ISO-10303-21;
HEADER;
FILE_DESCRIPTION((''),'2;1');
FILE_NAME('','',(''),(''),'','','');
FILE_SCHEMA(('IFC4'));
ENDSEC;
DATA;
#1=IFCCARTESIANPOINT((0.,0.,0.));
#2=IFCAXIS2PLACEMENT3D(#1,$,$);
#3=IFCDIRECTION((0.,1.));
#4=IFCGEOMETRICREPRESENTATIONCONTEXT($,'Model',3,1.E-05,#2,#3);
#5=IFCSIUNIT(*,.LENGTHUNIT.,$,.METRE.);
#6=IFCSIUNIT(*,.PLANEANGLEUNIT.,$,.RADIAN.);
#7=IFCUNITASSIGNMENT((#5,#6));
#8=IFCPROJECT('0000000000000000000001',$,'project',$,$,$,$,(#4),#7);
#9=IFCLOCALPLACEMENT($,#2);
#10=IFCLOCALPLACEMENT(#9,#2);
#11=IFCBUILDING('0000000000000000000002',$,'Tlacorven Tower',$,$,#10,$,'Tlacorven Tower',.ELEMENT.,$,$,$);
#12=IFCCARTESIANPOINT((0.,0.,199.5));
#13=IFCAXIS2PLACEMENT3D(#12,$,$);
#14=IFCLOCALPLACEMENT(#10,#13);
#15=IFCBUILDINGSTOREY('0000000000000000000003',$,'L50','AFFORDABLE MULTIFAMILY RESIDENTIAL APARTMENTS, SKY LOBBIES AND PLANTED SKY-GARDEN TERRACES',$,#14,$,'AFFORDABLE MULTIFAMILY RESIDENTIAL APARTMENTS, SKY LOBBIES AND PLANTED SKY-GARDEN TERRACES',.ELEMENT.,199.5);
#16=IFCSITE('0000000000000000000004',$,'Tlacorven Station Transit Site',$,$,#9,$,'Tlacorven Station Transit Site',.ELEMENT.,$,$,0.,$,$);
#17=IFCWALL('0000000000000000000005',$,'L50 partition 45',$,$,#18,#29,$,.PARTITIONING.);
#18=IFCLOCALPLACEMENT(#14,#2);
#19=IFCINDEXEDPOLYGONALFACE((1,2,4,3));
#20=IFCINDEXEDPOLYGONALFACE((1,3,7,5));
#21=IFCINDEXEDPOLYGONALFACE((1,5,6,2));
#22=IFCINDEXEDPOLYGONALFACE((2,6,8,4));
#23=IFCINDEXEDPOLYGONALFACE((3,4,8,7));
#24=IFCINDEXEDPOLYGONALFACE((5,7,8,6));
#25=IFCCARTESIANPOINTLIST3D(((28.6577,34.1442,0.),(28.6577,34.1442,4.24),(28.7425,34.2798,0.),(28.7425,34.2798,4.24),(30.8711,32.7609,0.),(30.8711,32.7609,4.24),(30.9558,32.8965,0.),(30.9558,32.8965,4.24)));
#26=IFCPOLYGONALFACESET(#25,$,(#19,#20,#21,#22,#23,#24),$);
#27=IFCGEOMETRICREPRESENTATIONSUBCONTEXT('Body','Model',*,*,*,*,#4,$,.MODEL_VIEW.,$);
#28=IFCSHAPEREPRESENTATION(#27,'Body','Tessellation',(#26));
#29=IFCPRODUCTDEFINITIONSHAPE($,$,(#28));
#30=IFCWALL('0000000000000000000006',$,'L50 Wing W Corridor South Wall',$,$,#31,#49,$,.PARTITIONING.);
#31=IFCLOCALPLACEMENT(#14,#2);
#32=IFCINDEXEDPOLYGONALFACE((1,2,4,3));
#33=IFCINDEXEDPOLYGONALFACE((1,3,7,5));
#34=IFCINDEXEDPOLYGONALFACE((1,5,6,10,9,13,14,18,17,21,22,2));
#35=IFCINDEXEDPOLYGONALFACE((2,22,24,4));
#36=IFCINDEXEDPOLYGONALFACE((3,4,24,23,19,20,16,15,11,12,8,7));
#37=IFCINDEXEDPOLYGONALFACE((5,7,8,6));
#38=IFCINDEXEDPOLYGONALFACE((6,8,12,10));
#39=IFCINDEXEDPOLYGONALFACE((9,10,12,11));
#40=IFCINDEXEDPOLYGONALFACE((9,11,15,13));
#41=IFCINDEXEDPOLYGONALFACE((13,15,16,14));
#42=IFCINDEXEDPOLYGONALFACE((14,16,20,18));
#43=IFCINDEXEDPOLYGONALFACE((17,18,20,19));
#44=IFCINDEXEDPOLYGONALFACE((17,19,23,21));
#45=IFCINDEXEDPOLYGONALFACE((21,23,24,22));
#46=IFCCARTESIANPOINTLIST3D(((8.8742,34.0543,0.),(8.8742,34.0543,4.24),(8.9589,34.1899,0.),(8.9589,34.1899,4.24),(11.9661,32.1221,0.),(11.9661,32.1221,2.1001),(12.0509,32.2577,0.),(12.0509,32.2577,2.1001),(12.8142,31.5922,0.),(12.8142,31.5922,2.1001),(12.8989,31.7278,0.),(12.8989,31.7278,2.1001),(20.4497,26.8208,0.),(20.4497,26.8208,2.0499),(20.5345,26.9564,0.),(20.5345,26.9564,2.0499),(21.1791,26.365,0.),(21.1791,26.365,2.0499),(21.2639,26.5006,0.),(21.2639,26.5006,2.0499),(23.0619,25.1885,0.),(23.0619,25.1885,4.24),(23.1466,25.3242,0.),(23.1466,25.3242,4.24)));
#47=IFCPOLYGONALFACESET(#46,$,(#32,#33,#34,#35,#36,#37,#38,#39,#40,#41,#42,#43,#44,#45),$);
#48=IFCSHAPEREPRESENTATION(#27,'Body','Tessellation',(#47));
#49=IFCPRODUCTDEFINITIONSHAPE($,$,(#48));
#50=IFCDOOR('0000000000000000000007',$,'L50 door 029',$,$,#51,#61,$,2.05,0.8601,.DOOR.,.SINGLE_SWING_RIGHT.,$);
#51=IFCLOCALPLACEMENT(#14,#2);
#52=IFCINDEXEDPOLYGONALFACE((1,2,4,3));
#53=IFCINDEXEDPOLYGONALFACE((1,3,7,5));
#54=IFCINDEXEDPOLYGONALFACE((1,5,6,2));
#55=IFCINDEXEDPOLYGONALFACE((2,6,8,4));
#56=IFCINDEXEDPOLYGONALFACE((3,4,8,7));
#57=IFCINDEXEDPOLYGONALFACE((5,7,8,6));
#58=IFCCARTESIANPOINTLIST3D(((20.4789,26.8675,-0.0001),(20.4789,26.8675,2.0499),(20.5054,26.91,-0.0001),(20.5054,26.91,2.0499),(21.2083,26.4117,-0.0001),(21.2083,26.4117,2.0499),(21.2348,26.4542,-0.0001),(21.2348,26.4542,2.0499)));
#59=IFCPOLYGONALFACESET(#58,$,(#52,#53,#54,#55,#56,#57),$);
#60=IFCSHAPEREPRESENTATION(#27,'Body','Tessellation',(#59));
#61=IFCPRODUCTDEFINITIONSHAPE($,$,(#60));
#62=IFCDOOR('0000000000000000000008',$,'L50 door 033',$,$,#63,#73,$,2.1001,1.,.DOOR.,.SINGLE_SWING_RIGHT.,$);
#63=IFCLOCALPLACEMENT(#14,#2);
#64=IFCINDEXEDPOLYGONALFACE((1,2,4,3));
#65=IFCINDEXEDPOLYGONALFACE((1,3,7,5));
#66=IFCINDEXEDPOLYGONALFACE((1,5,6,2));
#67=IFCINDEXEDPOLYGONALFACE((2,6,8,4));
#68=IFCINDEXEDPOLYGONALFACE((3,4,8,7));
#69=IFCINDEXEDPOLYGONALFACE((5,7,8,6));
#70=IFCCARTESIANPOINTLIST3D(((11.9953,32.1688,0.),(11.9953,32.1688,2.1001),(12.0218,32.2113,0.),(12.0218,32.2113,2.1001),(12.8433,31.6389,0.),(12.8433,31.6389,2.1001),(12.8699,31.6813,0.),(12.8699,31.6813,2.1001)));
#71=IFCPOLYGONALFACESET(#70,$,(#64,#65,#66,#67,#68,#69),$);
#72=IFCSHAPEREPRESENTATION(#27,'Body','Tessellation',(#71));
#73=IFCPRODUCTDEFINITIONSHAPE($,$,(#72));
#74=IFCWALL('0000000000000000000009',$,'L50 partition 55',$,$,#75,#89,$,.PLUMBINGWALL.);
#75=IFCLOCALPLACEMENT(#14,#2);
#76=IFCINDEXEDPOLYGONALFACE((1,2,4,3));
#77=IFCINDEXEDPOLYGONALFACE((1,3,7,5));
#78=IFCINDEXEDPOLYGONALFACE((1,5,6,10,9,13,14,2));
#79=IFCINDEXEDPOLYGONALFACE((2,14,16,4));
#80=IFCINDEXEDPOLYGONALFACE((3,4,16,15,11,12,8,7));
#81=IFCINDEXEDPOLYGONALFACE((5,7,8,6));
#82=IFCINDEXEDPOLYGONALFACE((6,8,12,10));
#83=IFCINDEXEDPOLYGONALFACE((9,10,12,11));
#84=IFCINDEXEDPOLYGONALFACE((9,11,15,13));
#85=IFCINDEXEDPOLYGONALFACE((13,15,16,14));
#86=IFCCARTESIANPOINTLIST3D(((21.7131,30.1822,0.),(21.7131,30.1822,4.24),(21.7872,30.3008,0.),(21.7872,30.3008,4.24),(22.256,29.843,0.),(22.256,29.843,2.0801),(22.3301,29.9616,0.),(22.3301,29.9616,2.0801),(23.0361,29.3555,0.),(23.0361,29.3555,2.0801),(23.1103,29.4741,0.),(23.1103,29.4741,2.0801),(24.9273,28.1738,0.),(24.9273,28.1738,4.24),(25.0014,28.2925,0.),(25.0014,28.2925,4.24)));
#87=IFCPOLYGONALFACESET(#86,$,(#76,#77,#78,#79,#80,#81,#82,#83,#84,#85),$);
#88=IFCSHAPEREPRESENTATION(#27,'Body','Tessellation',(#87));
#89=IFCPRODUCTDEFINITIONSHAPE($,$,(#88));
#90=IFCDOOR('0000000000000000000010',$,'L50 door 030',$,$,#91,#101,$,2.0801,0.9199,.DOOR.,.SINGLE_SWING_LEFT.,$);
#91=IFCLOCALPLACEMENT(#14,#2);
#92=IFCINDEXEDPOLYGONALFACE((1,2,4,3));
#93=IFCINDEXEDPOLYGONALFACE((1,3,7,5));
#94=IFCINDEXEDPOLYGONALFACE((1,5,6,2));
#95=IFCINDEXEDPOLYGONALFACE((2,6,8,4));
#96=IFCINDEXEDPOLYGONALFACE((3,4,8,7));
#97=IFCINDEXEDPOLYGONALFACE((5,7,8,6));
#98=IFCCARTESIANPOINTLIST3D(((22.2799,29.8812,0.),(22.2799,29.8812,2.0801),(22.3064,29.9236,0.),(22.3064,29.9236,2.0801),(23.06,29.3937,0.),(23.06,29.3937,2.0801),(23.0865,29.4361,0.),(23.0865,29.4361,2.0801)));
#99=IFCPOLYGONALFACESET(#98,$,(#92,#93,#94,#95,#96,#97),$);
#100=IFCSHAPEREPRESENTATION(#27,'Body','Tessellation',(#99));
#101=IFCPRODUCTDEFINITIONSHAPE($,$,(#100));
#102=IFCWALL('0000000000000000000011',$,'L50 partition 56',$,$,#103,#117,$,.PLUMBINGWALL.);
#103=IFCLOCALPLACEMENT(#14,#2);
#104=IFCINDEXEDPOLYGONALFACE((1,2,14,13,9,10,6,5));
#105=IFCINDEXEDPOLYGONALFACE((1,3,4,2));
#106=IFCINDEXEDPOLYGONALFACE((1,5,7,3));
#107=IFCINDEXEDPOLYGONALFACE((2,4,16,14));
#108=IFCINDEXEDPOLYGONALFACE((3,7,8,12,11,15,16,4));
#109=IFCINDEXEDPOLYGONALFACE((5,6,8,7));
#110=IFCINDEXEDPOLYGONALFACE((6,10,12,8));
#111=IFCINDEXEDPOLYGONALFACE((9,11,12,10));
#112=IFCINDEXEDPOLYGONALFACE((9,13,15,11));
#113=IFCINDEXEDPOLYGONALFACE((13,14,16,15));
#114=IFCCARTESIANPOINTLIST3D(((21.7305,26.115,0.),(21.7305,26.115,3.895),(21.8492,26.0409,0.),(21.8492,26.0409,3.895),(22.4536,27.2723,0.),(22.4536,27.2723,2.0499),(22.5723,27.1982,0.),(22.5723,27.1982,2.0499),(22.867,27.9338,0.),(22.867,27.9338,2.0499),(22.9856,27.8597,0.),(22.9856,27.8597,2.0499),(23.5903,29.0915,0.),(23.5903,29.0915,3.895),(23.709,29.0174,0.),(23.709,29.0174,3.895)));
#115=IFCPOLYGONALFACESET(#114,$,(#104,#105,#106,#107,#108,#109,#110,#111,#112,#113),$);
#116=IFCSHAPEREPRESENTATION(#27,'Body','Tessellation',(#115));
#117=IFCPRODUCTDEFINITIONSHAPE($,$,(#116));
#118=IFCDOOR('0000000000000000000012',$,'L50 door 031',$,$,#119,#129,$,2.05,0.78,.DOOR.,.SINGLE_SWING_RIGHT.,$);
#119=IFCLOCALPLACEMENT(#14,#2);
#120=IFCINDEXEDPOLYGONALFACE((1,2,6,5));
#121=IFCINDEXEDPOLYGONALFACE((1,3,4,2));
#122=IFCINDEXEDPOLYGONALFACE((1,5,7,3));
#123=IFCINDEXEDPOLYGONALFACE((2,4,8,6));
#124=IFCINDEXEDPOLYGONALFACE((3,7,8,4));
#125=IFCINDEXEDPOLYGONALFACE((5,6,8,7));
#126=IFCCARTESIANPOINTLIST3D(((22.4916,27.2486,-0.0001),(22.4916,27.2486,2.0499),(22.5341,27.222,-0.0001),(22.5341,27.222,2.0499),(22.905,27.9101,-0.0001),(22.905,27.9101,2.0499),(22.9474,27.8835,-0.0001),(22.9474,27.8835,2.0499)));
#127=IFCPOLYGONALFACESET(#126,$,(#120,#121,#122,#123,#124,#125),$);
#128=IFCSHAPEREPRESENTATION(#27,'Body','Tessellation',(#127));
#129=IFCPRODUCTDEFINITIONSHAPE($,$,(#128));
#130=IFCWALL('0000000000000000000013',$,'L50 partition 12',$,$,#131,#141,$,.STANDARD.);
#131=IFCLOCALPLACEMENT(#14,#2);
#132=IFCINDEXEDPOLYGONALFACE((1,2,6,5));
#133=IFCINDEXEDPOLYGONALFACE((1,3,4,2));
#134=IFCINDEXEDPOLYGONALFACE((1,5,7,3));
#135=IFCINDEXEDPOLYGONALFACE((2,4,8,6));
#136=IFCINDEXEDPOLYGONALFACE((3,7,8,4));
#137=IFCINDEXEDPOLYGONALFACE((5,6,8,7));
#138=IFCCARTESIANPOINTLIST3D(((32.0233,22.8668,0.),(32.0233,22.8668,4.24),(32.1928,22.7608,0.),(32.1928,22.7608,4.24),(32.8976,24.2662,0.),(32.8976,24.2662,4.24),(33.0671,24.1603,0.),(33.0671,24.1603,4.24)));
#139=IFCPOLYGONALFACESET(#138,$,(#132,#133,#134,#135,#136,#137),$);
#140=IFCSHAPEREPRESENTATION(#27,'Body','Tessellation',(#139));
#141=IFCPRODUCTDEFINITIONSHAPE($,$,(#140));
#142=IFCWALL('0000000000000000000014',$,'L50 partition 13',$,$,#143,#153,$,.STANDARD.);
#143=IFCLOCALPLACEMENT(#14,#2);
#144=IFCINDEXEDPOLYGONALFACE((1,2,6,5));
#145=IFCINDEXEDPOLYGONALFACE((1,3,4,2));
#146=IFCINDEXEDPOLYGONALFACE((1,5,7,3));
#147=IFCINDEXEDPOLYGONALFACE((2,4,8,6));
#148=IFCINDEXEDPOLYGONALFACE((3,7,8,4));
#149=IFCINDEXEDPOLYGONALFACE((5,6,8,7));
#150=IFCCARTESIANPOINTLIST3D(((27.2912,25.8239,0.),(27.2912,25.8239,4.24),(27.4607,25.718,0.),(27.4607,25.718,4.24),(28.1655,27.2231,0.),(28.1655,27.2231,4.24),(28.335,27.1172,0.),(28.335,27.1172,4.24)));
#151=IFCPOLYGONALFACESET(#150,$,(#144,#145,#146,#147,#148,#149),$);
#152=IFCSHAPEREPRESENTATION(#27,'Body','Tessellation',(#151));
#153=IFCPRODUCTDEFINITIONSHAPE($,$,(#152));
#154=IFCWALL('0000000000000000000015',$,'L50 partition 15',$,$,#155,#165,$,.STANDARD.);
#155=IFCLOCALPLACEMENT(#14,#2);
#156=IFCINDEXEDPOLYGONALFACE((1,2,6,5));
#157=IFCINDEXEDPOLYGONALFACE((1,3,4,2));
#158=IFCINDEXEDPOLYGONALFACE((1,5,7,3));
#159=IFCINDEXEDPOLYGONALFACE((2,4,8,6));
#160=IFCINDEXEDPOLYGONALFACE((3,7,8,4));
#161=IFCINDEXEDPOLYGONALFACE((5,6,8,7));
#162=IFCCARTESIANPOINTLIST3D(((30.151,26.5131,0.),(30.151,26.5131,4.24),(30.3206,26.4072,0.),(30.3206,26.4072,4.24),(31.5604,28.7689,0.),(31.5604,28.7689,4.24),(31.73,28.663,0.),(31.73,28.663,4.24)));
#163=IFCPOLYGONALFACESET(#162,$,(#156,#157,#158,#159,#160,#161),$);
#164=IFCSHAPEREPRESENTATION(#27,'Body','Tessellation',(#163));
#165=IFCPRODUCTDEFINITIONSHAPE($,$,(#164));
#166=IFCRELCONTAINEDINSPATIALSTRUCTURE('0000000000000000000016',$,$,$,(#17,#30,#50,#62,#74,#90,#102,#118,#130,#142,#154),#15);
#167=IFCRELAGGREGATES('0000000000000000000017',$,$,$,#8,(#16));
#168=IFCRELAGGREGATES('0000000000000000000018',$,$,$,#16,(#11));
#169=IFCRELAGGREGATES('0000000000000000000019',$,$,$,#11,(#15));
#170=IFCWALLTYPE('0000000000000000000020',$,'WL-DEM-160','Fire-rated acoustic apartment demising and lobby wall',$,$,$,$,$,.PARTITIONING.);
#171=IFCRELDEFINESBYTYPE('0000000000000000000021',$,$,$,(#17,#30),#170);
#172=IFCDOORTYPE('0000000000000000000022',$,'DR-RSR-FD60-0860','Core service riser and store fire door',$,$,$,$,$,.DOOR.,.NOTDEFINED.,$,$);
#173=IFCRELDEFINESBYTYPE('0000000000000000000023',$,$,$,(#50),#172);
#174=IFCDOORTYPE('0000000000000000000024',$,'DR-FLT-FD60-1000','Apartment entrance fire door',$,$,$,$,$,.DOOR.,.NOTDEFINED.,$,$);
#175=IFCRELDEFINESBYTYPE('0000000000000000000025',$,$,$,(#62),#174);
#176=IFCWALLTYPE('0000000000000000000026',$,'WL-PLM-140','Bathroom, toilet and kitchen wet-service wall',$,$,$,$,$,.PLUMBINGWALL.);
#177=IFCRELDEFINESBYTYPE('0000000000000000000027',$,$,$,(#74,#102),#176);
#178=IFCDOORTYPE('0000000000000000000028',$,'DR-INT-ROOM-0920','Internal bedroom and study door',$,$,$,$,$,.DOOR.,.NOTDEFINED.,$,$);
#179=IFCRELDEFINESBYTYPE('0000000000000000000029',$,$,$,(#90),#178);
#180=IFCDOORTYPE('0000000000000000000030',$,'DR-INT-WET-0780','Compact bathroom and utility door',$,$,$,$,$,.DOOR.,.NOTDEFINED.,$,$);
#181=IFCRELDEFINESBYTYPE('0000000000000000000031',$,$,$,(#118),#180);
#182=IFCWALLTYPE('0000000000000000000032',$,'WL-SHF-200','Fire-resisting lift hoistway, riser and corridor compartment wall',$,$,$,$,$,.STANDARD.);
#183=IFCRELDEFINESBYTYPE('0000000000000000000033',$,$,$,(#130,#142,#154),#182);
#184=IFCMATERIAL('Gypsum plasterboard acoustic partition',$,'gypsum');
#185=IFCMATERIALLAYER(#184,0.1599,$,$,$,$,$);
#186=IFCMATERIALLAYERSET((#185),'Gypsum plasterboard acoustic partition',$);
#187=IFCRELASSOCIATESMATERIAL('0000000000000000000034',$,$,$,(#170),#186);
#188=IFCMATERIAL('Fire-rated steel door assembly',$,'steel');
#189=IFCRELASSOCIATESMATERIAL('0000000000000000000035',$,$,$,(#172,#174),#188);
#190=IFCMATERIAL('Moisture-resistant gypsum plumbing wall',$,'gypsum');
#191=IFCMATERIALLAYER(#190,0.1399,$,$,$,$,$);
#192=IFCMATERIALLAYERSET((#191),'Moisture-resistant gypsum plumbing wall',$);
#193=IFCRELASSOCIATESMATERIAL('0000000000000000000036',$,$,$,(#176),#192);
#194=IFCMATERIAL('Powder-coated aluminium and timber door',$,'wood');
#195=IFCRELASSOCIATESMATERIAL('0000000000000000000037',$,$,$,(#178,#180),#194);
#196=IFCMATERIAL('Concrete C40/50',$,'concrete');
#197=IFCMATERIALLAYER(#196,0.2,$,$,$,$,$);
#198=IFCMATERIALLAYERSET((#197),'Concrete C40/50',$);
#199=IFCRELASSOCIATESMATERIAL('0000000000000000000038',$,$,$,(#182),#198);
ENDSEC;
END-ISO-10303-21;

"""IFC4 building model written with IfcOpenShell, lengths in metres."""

from ifc_helpers import new_model, si_unit, direction, frame, frame_2d, origin, place, context, subcontext, project, spatial, rectangle, extrude, source, transform, mapped, material, layer, layer_set, type_object, element, fill, save


model = new_model("IFC4")

# Units and contexts
model_context = context("Model", 3, precision=1e-05, world=origin(), true_north=direction((0.0, 1.0)))
body_context = subcontext(model_context, "Body", "Model", "MODEL_VIEW")
ifc_project = project(units=[si_unit("LENGTHUNIT", "METRE"), si_unit("PLANEANGLEUNIT", "RADIAN")], contexts=[model_context])

# Site, building, storey
site_placement = place(None, origin())
site = spatial("IfcSite", under=ifc_project, at=site_placement, Name="Tlacorven Station Transit Site", LongName="Tlacorven Station Transit Site", CompositionType="ELEMENT", RefElevation=0.0)
building_placement = place(site_placement, origin())
building = spatial("IfcBuilding", under=site, at=building_placement, Name="Tlacorven Tower", LongName="Tlacorven Tower", CompositionType="ELEMENT")
storey_placement = place(building_placement, frame((0.0, 0.0, 199.5)))
storey = spatial("IfcBuildingStorey", under=building, at=storey_placement, Name="L50", Description="AFFORDABLE MULTIFAMILY RESIDENTIAL APARTMENTS, SKY LOBBIES AND PLANTED SKY-GARDEN TERRACES", LongName="AFFORDABLE MULTIFAMILY RESIDENTIAL APARTMENTS, SKY LOBBIES AND PLANTED SKY-GARDEN TERRACES", CompositionType="ELEMENT", Elevation=199.5)

# Wall
ifc_material_1 = material(Name="Gypsum plasterboard acoustic partition", Category="gypsum")
ifc_layer_1 = layer(ifc_material_1, 0.1599)
ifc_layer_set_1 = layer_set([ifc_layer_1], Name="Gypsum plasterboard acoustic partition")
wall_type_1 = type_object("IfcWallType", Name="WL-DEM-160", Description="Fire-rated acoustic apartment demising and lobby wall", PredefinedType="PARTITIONING", material=ifc_layer_set_1)
wall_1_placement = place(storey_placement, frame((30.9136, 32.8286, 0.0), z_axis=(0.0, 0.0, 1.0), x_axis=(-0.848009, 0.529982, 0.0)))
element("IfcWall", 1, at=wall_1_placement, inside=storey, type_object=wall_type_1, Name="L50 partition 45", PredefinedType="PARTITIONING", context=body_context, shape_type="SweptSolid", body=[
    extrude(rectangle(XDim=2.6101, YDim=0.1599, at=frame_2d((1.3052, 0.0))), origin(), (0.0, 0.0, 1.0), 4.24),
])

# Wall, openings, doors
wall_2_placement = place(storey_placement, frame((23.1042, 25.2563, 0.0), z_axis=(0.0, 0.0, 1.0), x_axis=(-0.848042, 0.529929, 0.0)))
wall_2 = element("IfcWall", 2, at=wall_2_placement, inside=storey, type_object=wall_type_1, Name="L50 Wing W Corridor South Wall", PredefinedType="PARTITIONING", context=body_context, shape_type="SweptSolid", body=[
    extrude(rectangle(XDim=16.73, YDim=0.1599, at=frame_2d((8.365, 0.0))), origin(), (0.0, 0.0, 1.0), 4.24),
])
opening_1_placement = place(wall_2_placement, frame((2.22, 0.0, 0.0)))
opening_1 = element("IfcOpeningElement", 3, at=opening_1_placement, cuts=wall_2, PredefinedType="OPENING", context=body_context, shape_type="SweptSolid", body=[
    extrude(rectangle(XDim=0.8601, YDim=2.05, at=frame_2d((0.4302, 1.0249))), frame((0.0, 0.0898, 0.0), z_axis=(0.0, -1.0, 0.0), x_axis=(1.0, 0.0, 0.0)), (0.0, 0.0, 1.0), 0.1799),
])
opening_2_placement = place(wall_2_placement, frame((12.084, 0.0, 0.0)))
opening_2 = element("IfcOpeningElement", 4, at=opening_2_placement, cuts=wall_2, PredefinedType="OPENING", context=body_context, shape_type="SweptSolid", body=[
    extrude(rectangle(XDim=1.0, YDim=2.1001, at=frame_2d((0.5, 1.05))), frame((0.0, 0.0898, 0.0), z_axis=(0.0, -1.0, 0.0), x_axis=(1.0, 0.0, 0.0)), (0.0, 0.0, 1.0), 0.1799),
])
ifc_material_2 = material(Name="Fire-rated steel door assembly", Category="steel")
door_type_1 = type_object("IfcDoorType", Name="DR-RSR-FD60-0860", Description="Core service riser and store fire door", OperationType="NOTDEFINED", PredefinedType="DOOR", material=ifc_material_2)
shared_shape_1 = source(origin(), body_context, "Body", "SweptSolid", [
    extrude(rectangle(XDim=0.8601, YDim=2.05, at=frame_2d((0.4302, 1.0249))), frame((0.0, 0.0249, 0.0), z_axis=(0.0, -1.0, 0.0), x_axis=(1.0, 0.0, 0.0)), (0.0, 0.0, 1.0), 0.05),
])
door_1_placement = place(opening_1_placement, origin())
door_1 = element("IfcDoor", 5, at=door_1_placement, inside=storey, type_object=door_type_1, Name="L50 door 029", OperationType="SINGLE_SWING_RIGHT", OverallHeight=2.05, OverallWidth=0.8601, PredefinedType="DOOR", context=body_context, shape_type="MappedRepresentation", body=[
    mapped(shared_shape_1, transform((0.0, 0.0, 0.0), scale=1.0)),
])
fill(opening_1, door_1)
door_type_2 = type_object("IfcDoorType", Name="DR-FLT-FD60-1000", Description="Apartment entrance fire door", OperationType="NOTDEFINED", PredefinedType="DOOR", material=ifc_material_2)
shared_shape_2 = source(origin(), body_context, "Body", "SweptSolid", [
    extrude(rectangle(XDim=1.0, YDim=2.1001, at=frame_2d((0.5, 1.05))), frame((0.0, 0.0249, 0.0), z_axis=(0.0, -1.0, 0.0), x_axis=(1.0, 0.0, 0.0)), (0.0, 0.0, 1.0), 0.05),
])
door_2_placement = place(opening_2_placement, origin())
door_2 = element("IfcDoor", 6, at=door_2_placement, inside=storey, type_object=door_type_2, Name="L50 door 033", OperationType="SINGLE_SWING_RIGHT", OverallHeight=2.1001, OverallWidth=1.0, PredefinedType="DOOR", context=body_context, shape_type="MappedRepresentation", body=[
    mapped(shared_shape_2, transform((0.0, 0.0, 0.0), scale=1.0)),
])
fill(opening_2, door_2)

# Walls, openings, doors
ifc_material_3 = material(Name="Moisture-resistant gypsum plumbing wall", Category="gypsum")
ifc_layer_2 = layer(ifc_material_3, 0.1399)
ifc_layer_set_2 = layer_set([ifc_layer_2], Name="Moisture-resistant gypsum plumbing wall")
wall_type_2 = type_object("IfcWallType", Name="WL-PLM-140", Description="Bathroom, toilet and kitchen wet-service wall", PredefinedType="PLUMBINGWALL", material=ifc_layer_set_2)
wall_3_placement = place(storey_placement, frame((24.9644, 28.2332, 0.0), z_axis=(0.0, 0.0, 1.0), x_axis=(-0.84806, 0.529901, 0.0)))
wall_3 = element("IfcWall", 7, at=wall_3_placement, inside=storey, type_object=wall_type_2, Name="L50 partition 55", PredefinedType="PLUMBINGWALL", context=body_context, shape_type="SweptSolid", body=[
    extrude(rectangle(XDim=3.79, YDim=0.1399, at=frame_2d((1.895, 0.0))), origin(), (0.0, 0.0, 1.0), 4.24),
])
opening_3_placement = place(wall_3_placement, frame((2.23, 0.0, 0.0)))
opening_3 = element("IfcOpeningElement", 8, at=opening_3_placement, cuts=wall_3, PredefinedType="OPENING", context=body_context, shape_type="SweptSolid", body=[
    extrude(rectangle(XDim=0.9199, YDim=2.0801, at=frame_2d((0.46, 1.04))), frame((0.0, 0.0801, 0.0), z_axis=(0.0, -1.0, 0.0), x_axis=(1.0, 0.0, 0.0)), (0.0, 0.0, 1.0), 0.1599),
])
ifc_material_4 = material(Name="Powder-coated aluminium and timber door", Category="wood")
door_type_3 = type_object("IfcDoorType", Name="DR-INT-ROOM-0920", Description="Internal bedroom and study door", OperationType="NOTDEFINED", PredefinedType="DOOR", material=ifc_material_4)
shared_shape_3 = source(origin(), body_context, "Body", "SweptSolid", [
    extrude(rectangle(XDim=0.9199, YDim=2.0801, at=frame_2d((0.46, 1.04))), frame((0.0, 0.0249, 0.0), z_axis=(0.0, -1.0, 0.0), x_axis=(1.0, 0.0, 0.0)), (0.0, 0.0, 1.0), 0.05),
])
door_3_placement = place(opening_3_placement, origin())
door_3 = element("IfcDoor", 9, at=door_3_placement, inside=storey, type_object=door_type_3, Name="L50 door 030", OperationType="SINGLE_SWING_LEFT", OverallHeight=2.0801, OverallWidth=0.9199, PredefinedType="DOOR", context=body_context, shape_type="MappedRepresentation", body=[
    mapped(shared_shape_3, transform((0.0, 0.0, 0.0), scale=1.0)),
])
fill(opening_3, door_3)
wall_4_placement = place(storey_placement, frame((23.6497, 29.0544, 0.0), z_axis=(0.0, 0.0, 1.0), x_axis=(-0.529899, -0.848061, 0.0)))
wall_4 = element("IfcWall", 10, at=wall_4_placement, inside=storey, type_object=wall_type_2, Name="L50 partition 56", PredefinedType="PLUMBINGWALL", context=body_context, shape_type="SweptSolid", body=[
    extrude(rectangle(XDim=3.5098, YDim=0.1399, at=frame_2d((1.7549, 0.0))), origin(), (0.0, 0.0, 1.0), 3.895),
])
opening_4_placement = place(wall_4_placement, frame((1.365, 0.0, 0.0)))
opening_4 = element("IfcOpeningElement", 11, at=opening_4_placement, cuts=wall_4, PredefinedType="OPENING", context=body_context, shape_type="SweptSolid", body=[
    extrude(rectangle(XDim=0.78, YDim=2.05, at=frame_2d((0.3901, 1.0249))), frame((0.0, 0.0801, 0.0), z_axis=(0.0, -1.0, 0.0), x_axis=(1.0, 0.0, 0.0)), (0.0, 0.0, 1.0), 0.1599),
])
door_type_4 = type_object("IfcDoorType", Name="DR-INT-WET-0780", Description="Compact bathroom and utility door", OperationType="NOTDEFINED", PredefinedType="DOOR", material=ifc_material_4)
shared_shape_4 = source(origin(), body_context, "Body", "SweptSolid", [
    extrude(rectangle(XDim=0.78, YDim=2.05, at=frame_2d((0.3901, 1.0249))), frame((0.0, 0.0249, 0.0), z_axis=(0.0, -1.0, 0.0), x_axis=(1.0, 0.0, 0.0)), (0.0, 0.0, 1.0), 0.05),
])
door_4_placement = place(opening_4_placement, origin())
door_4 = element("IfcDoor", 12, at=door_4_placement, inside=storey, type_object=door_type_4, Name="L50 door 031", OperationType="SINGLE_SWING_RIGHT", OverallHeight=2.05, OverallWidth=0.78, PredefinedType="DOOR", context=body_context, shape_type="MappedRepresentation", body=[
    mapped(shared_shape_4, transform((0.0, 0.0, 0.0), scale=1.0)),
])
fill(opening_4, door_4)

# Shared definitions
ifc_material_5 = material(Name="Concrete C40/50", Category="concrete")
ifc_layer_3 = layer(ifc_material_5, 0.2)
ifc_layer_set_3 = layer_set([ifc_layer_3], Name="Concrete C40/50")
wall_type_3 = type_object("IfcWallType", Name="WL-SHF-200", Description="Fire-resisting lift hoistway, riser and corridor compartment wall", PredefinedType="STANDARD", material=ifc_layer_set_3)

# Walls
wall_5_placement = place(storey_placement, frame((32.9824, 24.2134, 0.0), z_axis=(0.0, 0.0, 1.0), x_axis=(-0.529839, -0.848098, 0.0)))
element("IfcWall", 13, at=wall_5_placement, inside=storey, type_object=wall_type_3, Name="L50 partition 12", PredefinedType="STANDARD", context=body_context, shape_type="SweptSolid", body=[
    extrude(rectangle(XDim=1.6501, YDim=0.2, at=frame_2d((0.8252, 0.0))), origin(), (0.0, 0.0, 1.0), 4.24),
])
wall_6_placement = place(storey_placement, frame((28.2502, 27.1702, 0.0), z_axis=(0.0, 0.0, 1.0), x_axis=(-0.529906, -0.848056, 0.0)))
element("IfcWall", 14, at=wall_6_placement, inside=storey, type_object=wall_type_3, Name="L50 partition 13", PredefinedType="STANDARD", context=body_context, shape_type="SweptSolid", body=[
    extrude(rectangle(XDim=1.6499, YDim=0.2, at=frame_2d((0.825, 0.0))), origin(), (0.0, 0.0, 1.0), 4.24),
])
wall_7_placement = place(storey_placement, frame((31.6453, 28.7161, 0.0), z_axis=(0.0, 0.0, 1.0), x_axis=(-0.529867, -0.848081, 0.0)))
element("IfcWall", 15, at=wall_7_placement, inside=storey, type_object=wall_type_3, Name="L50 partition 15", PredefinedType="STANDARD", context=body_context, shape_type="SweptSolid", body=[
    extrude(rectangle(XDim=2.6599, YDim=0.2, at=frame_2d((1.3301, 0.0))), origin(), (0.0, 0.0, 1.0), 4.24),
])

save(model, "model.ifc")
